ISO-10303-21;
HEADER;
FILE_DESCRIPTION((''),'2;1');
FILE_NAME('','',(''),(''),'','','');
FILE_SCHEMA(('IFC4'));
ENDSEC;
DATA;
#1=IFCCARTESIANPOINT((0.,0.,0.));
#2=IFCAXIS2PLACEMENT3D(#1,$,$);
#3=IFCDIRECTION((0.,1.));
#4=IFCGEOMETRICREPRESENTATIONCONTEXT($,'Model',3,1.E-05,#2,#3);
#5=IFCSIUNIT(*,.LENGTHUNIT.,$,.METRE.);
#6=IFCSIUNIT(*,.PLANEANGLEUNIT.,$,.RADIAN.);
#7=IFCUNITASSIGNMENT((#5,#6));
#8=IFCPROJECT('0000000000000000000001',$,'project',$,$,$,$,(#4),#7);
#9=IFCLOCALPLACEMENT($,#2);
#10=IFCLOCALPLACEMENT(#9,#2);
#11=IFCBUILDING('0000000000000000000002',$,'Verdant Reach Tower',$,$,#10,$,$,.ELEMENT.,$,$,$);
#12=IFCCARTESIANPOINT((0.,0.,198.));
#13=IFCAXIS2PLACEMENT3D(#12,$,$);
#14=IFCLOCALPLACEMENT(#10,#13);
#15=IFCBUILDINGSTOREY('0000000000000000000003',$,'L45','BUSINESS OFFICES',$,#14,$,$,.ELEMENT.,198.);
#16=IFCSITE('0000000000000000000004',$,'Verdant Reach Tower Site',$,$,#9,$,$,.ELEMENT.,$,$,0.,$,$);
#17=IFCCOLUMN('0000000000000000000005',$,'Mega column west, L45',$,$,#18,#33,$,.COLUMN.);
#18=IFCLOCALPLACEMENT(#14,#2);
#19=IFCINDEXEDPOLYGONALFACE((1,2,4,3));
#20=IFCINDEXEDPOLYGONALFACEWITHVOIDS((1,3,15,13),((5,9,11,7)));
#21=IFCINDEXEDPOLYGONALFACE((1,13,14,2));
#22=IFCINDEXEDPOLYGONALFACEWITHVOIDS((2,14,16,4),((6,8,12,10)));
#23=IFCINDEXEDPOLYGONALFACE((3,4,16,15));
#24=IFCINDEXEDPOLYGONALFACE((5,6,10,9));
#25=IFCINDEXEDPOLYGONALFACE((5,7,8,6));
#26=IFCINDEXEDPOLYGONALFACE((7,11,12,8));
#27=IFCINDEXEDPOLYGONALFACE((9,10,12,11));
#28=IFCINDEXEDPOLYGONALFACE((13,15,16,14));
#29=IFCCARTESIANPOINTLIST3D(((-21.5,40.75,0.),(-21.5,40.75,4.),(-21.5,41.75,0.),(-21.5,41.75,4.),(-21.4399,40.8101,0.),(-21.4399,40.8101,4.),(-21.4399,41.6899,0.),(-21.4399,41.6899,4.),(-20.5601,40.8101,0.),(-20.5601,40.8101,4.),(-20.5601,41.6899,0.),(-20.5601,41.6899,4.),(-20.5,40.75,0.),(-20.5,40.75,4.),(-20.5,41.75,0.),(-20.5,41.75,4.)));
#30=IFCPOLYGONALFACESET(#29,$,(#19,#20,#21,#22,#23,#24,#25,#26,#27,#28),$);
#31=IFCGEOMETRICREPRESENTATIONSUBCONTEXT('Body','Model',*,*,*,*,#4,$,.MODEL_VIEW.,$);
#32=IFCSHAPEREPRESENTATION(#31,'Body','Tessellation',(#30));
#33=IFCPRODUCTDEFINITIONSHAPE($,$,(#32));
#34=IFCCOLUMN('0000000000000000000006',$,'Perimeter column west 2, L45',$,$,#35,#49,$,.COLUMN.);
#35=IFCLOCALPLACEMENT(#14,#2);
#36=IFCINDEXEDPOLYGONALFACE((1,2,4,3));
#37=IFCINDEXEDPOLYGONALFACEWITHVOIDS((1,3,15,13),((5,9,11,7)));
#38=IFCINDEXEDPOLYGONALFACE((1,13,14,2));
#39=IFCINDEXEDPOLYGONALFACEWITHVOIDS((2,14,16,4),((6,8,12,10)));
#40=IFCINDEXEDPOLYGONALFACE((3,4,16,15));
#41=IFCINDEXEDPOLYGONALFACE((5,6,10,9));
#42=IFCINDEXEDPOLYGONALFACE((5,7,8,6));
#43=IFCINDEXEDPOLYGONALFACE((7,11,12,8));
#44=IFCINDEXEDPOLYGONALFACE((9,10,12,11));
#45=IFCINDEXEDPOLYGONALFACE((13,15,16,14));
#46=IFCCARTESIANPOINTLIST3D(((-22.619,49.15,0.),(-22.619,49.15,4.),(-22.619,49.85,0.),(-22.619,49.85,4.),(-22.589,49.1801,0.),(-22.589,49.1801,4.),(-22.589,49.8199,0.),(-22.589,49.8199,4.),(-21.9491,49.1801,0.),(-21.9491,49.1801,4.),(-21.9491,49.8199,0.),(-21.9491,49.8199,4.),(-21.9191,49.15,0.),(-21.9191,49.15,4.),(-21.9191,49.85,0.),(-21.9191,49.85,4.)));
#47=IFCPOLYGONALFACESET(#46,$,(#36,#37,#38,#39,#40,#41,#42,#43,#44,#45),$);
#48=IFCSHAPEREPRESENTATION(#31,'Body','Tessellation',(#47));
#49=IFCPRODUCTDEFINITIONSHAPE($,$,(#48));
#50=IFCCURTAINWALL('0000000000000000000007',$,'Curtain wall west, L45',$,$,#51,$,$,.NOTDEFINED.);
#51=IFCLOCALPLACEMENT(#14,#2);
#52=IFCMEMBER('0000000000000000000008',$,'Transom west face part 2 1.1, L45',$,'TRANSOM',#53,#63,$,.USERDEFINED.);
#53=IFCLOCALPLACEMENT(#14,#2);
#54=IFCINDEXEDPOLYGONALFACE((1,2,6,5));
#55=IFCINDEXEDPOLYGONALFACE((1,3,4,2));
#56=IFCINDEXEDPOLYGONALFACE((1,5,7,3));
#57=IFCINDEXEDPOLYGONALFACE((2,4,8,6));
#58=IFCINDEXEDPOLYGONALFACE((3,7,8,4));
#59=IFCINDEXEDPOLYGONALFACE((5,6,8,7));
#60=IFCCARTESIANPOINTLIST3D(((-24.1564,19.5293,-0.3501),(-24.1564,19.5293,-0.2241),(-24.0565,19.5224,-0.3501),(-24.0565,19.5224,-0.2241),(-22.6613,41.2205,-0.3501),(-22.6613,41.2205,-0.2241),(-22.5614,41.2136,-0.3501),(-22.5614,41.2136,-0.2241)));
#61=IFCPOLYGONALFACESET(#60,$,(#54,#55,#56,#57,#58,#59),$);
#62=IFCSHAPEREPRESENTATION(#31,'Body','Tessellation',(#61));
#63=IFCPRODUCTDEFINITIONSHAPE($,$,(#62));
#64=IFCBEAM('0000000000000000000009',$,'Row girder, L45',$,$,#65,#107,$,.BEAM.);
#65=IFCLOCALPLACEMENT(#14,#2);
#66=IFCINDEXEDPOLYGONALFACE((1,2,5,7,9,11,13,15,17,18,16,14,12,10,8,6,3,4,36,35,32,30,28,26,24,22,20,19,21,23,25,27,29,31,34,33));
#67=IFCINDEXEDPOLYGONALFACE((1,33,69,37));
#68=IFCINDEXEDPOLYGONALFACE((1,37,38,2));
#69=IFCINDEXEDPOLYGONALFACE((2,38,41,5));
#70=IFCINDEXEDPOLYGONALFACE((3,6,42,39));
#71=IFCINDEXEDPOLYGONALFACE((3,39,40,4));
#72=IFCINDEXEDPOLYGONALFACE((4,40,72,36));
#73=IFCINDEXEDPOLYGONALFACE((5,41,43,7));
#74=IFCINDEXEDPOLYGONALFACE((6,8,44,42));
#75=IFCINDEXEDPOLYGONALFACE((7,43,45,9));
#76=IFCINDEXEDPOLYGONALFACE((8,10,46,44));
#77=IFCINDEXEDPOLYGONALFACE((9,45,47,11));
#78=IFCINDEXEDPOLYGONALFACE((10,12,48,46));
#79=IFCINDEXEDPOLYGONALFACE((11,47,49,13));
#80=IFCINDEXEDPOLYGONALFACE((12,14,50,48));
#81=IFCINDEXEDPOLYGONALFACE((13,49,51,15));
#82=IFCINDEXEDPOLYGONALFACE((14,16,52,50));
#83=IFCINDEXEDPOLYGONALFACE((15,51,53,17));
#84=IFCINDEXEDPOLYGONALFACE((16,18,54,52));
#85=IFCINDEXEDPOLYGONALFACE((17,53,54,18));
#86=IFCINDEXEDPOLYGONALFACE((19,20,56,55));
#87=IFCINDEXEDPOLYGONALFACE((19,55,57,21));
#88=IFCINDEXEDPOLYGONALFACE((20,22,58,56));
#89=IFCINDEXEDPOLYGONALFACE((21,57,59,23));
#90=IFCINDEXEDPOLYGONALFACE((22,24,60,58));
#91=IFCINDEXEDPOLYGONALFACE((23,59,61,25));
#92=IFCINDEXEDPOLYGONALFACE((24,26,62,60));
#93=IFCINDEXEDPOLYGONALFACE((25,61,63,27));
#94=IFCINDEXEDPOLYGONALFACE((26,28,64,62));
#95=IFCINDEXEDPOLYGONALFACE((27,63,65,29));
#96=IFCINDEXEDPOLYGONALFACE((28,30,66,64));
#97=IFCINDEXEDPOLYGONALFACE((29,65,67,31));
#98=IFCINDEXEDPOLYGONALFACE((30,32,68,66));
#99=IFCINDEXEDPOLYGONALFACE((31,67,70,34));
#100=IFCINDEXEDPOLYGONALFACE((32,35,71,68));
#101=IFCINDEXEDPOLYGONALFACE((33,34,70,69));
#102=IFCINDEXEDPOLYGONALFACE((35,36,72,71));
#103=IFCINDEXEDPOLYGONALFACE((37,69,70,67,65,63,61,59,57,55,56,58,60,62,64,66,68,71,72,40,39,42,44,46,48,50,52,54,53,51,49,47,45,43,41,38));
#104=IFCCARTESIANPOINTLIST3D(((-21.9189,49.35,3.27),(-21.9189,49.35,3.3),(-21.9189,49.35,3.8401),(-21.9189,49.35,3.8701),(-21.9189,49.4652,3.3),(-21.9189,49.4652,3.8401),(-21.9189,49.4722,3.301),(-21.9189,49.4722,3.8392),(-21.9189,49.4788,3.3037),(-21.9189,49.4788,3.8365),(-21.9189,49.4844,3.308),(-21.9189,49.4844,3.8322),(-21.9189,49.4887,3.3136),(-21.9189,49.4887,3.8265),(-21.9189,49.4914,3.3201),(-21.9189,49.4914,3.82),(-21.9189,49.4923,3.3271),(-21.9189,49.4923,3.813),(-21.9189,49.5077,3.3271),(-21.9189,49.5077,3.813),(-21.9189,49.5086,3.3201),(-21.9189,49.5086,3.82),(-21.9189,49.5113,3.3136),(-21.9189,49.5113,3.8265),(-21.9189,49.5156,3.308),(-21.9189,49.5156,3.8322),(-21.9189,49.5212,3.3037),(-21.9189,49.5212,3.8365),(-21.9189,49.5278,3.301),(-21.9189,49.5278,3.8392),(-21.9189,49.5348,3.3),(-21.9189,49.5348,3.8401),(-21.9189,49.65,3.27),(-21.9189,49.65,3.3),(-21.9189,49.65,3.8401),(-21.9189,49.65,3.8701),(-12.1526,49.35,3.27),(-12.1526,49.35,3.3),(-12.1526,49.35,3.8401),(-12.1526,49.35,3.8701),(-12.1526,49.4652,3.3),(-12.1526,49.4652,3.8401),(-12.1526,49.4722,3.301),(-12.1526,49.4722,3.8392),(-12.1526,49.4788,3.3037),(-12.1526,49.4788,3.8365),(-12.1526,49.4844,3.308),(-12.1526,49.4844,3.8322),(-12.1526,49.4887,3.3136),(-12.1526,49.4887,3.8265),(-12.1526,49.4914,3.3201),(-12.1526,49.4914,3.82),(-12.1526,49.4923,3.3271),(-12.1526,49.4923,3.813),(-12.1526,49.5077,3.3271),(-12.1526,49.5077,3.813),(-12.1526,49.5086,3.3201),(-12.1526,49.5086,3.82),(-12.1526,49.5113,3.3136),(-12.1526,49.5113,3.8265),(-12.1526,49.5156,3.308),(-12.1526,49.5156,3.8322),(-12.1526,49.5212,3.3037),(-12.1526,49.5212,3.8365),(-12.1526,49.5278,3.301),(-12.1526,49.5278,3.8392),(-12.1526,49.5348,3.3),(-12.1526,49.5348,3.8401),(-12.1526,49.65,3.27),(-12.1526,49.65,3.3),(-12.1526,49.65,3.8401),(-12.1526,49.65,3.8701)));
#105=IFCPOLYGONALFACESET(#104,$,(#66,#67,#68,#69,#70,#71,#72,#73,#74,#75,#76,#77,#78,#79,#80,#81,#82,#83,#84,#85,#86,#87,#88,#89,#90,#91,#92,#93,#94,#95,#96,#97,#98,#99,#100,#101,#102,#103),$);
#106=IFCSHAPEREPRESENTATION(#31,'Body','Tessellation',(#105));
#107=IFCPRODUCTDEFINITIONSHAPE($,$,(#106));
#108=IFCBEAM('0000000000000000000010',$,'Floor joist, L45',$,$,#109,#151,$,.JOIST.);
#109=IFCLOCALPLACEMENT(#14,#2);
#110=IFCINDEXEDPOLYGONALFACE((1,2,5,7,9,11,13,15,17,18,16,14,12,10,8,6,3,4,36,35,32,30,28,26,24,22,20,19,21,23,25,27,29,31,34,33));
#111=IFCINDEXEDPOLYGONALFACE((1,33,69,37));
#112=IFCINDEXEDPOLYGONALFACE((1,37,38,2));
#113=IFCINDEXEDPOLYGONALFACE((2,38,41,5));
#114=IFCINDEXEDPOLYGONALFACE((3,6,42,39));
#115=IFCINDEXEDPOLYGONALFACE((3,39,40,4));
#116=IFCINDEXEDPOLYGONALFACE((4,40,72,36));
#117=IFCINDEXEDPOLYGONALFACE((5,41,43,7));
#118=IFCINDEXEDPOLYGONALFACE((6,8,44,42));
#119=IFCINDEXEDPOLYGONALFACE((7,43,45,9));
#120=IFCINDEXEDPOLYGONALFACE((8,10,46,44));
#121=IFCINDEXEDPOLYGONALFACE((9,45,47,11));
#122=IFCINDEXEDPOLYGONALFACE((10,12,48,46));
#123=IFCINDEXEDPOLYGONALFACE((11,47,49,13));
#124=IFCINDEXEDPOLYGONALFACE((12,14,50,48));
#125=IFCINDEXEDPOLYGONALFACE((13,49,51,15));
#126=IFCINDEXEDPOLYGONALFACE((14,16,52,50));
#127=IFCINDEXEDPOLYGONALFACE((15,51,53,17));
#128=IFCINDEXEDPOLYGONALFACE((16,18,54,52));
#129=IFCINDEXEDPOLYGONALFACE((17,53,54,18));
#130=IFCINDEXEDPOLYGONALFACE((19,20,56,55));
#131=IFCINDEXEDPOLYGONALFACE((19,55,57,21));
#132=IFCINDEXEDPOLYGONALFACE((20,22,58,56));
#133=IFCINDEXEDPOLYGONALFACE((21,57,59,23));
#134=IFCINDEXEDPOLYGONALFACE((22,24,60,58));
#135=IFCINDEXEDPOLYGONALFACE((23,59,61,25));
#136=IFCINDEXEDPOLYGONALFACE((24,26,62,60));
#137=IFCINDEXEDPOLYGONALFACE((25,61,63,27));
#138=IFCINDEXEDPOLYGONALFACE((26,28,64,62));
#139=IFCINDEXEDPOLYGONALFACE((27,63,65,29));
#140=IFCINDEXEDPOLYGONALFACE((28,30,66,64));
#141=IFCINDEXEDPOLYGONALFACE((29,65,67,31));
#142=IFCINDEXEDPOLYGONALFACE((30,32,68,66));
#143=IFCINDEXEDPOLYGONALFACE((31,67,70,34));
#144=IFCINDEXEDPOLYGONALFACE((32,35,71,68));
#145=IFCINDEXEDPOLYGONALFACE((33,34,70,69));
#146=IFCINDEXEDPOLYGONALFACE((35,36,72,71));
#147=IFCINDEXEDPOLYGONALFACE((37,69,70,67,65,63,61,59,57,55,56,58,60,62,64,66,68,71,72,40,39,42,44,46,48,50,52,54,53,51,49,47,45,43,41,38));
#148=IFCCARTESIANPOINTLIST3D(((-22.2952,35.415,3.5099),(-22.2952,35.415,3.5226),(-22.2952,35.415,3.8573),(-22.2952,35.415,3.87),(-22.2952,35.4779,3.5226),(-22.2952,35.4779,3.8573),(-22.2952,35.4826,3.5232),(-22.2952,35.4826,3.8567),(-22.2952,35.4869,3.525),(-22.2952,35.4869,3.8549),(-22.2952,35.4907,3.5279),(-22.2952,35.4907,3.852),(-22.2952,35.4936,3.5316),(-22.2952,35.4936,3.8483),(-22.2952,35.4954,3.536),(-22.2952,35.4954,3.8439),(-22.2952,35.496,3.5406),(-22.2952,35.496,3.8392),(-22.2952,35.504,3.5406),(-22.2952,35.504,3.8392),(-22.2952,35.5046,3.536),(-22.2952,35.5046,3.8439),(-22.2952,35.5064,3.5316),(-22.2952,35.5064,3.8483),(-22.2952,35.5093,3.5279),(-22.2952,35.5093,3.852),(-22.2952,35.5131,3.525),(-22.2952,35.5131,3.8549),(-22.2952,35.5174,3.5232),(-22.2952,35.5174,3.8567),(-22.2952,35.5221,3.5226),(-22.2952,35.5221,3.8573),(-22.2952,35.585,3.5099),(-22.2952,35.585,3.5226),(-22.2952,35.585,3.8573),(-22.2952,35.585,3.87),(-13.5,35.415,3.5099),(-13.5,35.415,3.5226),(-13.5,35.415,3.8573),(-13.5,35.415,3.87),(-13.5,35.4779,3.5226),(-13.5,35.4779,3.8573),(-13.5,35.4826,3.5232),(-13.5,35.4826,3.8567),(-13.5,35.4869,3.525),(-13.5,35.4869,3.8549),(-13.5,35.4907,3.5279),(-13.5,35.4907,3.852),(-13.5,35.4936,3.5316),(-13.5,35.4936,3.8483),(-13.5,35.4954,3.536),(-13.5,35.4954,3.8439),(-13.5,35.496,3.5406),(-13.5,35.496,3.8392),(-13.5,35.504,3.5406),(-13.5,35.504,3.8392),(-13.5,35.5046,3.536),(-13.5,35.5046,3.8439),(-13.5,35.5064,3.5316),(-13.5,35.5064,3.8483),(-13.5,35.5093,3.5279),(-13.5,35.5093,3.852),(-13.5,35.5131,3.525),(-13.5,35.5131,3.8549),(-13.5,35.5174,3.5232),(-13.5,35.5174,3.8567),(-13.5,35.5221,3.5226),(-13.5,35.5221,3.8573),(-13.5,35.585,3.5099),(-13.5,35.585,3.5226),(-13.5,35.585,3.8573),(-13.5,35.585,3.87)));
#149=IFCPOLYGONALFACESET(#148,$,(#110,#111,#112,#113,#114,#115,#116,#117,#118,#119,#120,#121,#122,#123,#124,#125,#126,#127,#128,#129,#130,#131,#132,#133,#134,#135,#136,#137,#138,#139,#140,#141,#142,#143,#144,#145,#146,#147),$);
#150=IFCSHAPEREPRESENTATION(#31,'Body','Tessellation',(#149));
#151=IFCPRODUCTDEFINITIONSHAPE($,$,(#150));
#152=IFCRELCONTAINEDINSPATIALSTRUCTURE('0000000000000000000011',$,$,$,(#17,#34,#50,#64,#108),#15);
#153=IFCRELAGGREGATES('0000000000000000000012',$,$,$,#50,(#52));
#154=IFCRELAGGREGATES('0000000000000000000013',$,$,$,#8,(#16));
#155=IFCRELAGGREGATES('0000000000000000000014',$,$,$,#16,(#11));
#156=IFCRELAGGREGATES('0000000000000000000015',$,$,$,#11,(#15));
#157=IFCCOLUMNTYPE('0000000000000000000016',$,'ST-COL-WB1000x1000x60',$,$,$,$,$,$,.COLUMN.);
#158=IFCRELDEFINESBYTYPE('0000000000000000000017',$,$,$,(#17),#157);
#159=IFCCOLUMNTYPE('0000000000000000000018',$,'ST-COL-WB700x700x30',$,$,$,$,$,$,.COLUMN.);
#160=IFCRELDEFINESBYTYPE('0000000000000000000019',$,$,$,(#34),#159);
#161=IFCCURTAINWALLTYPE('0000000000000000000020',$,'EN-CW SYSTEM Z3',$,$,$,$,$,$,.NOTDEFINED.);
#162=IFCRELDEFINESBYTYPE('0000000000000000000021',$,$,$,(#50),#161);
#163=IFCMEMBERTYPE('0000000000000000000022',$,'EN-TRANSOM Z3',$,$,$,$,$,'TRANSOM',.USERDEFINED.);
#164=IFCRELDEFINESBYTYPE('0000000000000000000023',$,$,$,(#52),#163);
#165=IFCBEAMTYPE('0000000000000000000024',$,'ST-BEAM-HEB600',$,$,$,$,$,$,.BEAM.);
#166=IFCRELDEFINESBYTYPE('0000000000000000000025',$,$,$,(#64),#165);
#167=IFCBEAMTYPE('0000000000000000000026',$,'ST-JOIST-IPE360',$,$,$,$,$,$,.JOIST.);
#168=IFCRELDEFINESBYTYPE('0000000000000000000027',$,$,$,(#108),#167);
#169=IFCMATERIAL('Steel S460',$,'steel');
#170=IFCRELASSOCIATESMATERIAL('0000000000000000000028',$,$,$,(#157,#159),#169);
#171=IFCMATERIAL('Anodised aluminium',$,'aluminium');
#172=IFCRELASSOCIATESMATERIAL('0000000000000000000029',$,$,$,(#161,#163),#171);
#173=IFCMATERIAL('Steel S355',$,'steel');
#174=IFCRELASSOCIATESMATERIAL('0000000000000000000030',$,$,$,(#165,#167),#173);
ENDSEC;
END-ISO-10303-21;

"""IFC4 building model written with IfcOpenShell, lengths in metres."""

from ifc_helpers import new_model, si_unit, direction, frame, origin, origin_2d, place, context, subcontext, project, spatial, rectangle, hollow_rectangle, i_section, extrude, material, material_profile, profile_set, type_object, element, aggregate, save


model = new_model("IFC4")

# Units and contexts
model_context = context("Model", 3, precision=1e-05, world=origin(), true_north=direction((0.0, 1.0)))
body_context = subcontext(model_context, "Body", "Model", "MODEL_VIEW")
ifc_project = project(units=[si_unit("LENGTHUNIT", "METRE"), si_unit("PLANEANGLEUNIT", "RADIAN")], contexts=[model_context])

# Site, building, storey
site_placement = place(None, origin())
site = spatial("IfcSite", under=ifc_project, at=site_placement, Name="Verdant Reach Tower Site", CompositionType="ELEMENT", RefElevation=0.0)
building_placement = place(site_placement, origin())
building = spatial("IfcBuilding", under=site, at=building_placement, Name="Verdant Reach Tower", CompositionType="ELEMENT")
storey_placement = place(building_placement, frame((0.0, 0.0, 198.0)))
storey = spatial("IfcBuildingStorey", under=building, at=storey_placement, Name="L45", Description="BUSINESS OFFICES", CompositionType="ELEMENT", Elevation=198.0)

# Columns
ifc_material_1 = material(Name="Steel S460", Category="steel")
ifc_material_profile_1 = material_profile(ifc_material_1, hollow_rectangle(XDim=1.0, YDim=1.0, WallThickness=0.0601, at=origin_2d()), Name="WB 1000x1000x60")
ifc_profile_set_1 = profile_set([ifc_material_profile_1], Name="Steel S460")
column_type_1 = type_object("IfcColumnType", Name="ST-COL-WB1000x1000x60", PredefinedType="COLUMN", material=ifc_profile_set_1)
column_1_placement = place(storey_placement, frame((-21.0, 41.25, 0.0), z_axis=(0.0, 0.0, 1.0), x_axis=(1.0, 0.0, 0.0)))
element("IfcColumn", 1, at=column_1_placement, inside=storey, type_object=column_type_1, Name="Mega column west, L45", PredefinedType="COLUMN", context=body_context, shape_type="SweptSolid", body=[
    extrude(hollow_rectangle(XDim=1.0, YDim=1.0, WallThickness=0.0601, at=origin_2d()), origin(), (0.0, 0.0, 1.0), 4.0),
])
ifc_material_profile_2 = material_profile(ifc_material_1, hollow_rectangle(XDim=0.7, YDim=0.7, WallThickness=0.03, at=origin_2d()), Name="WB 700x700x30")
ifc_profile_set_2 = profile_set([ifc_material_profile_2], Name="Steel S460")
column_type_2 = type_object("IfcColumnType", Name="ST-COL-WB700x700x30", PredefinedType="COLUMN", material=ifc_profile_set_2)
column_2_placement = place(storey_placement, frame((-22.269, 49.5, 0.0), z_axis=(0.0, 0.0, 1.0), x_axis=(1.0, 0.0, 0.0)))
element("IfcColumn", 2, at=column_2_placement, inside=storey, type_object=column_type_2, Name="Perimeter column west 2, L45", PredefinedType="COLUMN", context=body_context, shape_type="SweptSolid", body=[
    extrude(hollow_rectangle(XDim=0.7, YDim=0.7, WallThickness=0.03, at=origin_2d()), origin(), (0.0, 0.0, 1.0), 4.0),
])

# Curtain wall, member
ifc_material_2 = material(Name="Anodised aluminium", Category="aluminium")
curtain_wall_type = type_object("IfcCurtainWallType", Name="EN-CW SYSTEM Z3", PredefinedType="NOTDEFINED", material=ifc_material_2)
curtain_wall_placement = place(storey_placement, origin())
curtain_wall = element("IfcCurtainWall", 3, at=curtain_wall_placement, inside=storey, type_object=curtain_wall_type, Name="Curtain wall west, L45", PredefinedType="NOTDEFINED")
ifc_material_profile_3 = material_profile(ifc_material_2, rectangle(XDim=0.1001, YDim=0.126, at=origin_2d()), Name="Transom 126x100")
ifc_profile_set_3 = profile_set([ifc_material_profile_3], Name="Anodised aluminium")
member_type = type_object("IfcMemberType", Name="EN-TRANSOM Z3", ElementType="TRANSOM", PredefinedType="USERDEFINED", material=ifc_profile_set_3)
member_placement = place(storey_placement, frame((-22.6113, 41.217, -0.2871), z_axis=(-0.068764, -0.997633, 0.0), x_axis=(0.997633, -0.068764, 0.0)))
member = element("IfcMember", 4, at=member_placement, type_object=member_type, Name="Transom west face part 2 1.1, L45", ObjectType="TRANSOM", PredefinedType="USERDEFINED", context=body_context, shape_type="SweptSolid", body=[
    extrude(rectangle(XDim=0.1001, YDim=0.126, at=origin_2d()), origin(), (0.0, 0.0, 1.0), 21.7427),
])

# Beams
ifc_material_3 = material(Name="Steel S355", Category="steel")
ifc_material_profile_4 = material_profile(ifc_material_3, i_section(OverallWidth=0.3, OverallDepth=0.6001, WebThickness=0.0154, FlangeThickness=0.03, FilletRadius=0.0271, at=origin_2d()), Name="HEB 600")
ifc_profile_set_4 = profile_set([ifc_material_profile_4], Name="Steel S355")
beam_type_1 = type_object("IfcBeamType", Name="ST-BEAM-HEB600", PredefinedType="BEAM", material=ifc_profile_set_4)
beam_1_placement = place(storey_placement, frame((-21.9189, 49.5, 3.5701), z_axis=(1.0, 0.0, 0.0), x_axis=(0.0, 1.0, 0.0)))
element("IfcBeam", 5, at=beam_1_placement, inside=storey, type_object=beam_type_1, Name="Row girder, L45", PredefinedType="BEAM", context=body_context, shape_type="SweptSolid", body=[
    extrude(i_section(OverallWidth=0.3, OverallDepth=0.6001, WebThickness=0.0154, FlangeThickness=0.03, FilletRadius=0.0271, at=origin_2d()), origin(), (0.0, 0.0, 1.0), 9.7664),
])
ifc_material_profile_5 = material_profile(ifc_material_3, i_section(OverallWidth=0.1699, OverallDepth=0.3601, WebThickness=0.0081, FlangeThickness=0.0127, FilletRadius=0.0181, at=origin_2d()), Name="IPE 360")
ifc_profile_set_5 = profile_set([ifc_material_profile_5], Name="Steel S355")
beam_type_2 = type_object("IfcBeamType", Name="ST-JOIST-IPE360", PredefinedType="JOIST", material=ifc_profile_set_5)
beam_2_placement = place(storey_placement, frame((-13.5, 35.5, 3.6899), z_axis=(-1.0, 0.0, 0.0), x_axis=(0.0, -1.0, 0.0)))
element("IfcBeam", 6, at=beam_2_placement, inside=storey, type_object=beam_type_2, Name="Floor joist, L45", PredefinedType="JOIST", context=body_context, shape_type="SweptSolid", body=[
    extrude(i_section(OverallWidth=0.1699, OverallDepth=0.3601, WebThickness=0.0081, FlangeThickness=0.0127, FilletRadius=0.0181, at=origin_2d()), origin(), (0.0, 0.0, 1.0), 8.7952),
])

aggregate(curtain_wall, [member])

save(model, "model.ifc")
